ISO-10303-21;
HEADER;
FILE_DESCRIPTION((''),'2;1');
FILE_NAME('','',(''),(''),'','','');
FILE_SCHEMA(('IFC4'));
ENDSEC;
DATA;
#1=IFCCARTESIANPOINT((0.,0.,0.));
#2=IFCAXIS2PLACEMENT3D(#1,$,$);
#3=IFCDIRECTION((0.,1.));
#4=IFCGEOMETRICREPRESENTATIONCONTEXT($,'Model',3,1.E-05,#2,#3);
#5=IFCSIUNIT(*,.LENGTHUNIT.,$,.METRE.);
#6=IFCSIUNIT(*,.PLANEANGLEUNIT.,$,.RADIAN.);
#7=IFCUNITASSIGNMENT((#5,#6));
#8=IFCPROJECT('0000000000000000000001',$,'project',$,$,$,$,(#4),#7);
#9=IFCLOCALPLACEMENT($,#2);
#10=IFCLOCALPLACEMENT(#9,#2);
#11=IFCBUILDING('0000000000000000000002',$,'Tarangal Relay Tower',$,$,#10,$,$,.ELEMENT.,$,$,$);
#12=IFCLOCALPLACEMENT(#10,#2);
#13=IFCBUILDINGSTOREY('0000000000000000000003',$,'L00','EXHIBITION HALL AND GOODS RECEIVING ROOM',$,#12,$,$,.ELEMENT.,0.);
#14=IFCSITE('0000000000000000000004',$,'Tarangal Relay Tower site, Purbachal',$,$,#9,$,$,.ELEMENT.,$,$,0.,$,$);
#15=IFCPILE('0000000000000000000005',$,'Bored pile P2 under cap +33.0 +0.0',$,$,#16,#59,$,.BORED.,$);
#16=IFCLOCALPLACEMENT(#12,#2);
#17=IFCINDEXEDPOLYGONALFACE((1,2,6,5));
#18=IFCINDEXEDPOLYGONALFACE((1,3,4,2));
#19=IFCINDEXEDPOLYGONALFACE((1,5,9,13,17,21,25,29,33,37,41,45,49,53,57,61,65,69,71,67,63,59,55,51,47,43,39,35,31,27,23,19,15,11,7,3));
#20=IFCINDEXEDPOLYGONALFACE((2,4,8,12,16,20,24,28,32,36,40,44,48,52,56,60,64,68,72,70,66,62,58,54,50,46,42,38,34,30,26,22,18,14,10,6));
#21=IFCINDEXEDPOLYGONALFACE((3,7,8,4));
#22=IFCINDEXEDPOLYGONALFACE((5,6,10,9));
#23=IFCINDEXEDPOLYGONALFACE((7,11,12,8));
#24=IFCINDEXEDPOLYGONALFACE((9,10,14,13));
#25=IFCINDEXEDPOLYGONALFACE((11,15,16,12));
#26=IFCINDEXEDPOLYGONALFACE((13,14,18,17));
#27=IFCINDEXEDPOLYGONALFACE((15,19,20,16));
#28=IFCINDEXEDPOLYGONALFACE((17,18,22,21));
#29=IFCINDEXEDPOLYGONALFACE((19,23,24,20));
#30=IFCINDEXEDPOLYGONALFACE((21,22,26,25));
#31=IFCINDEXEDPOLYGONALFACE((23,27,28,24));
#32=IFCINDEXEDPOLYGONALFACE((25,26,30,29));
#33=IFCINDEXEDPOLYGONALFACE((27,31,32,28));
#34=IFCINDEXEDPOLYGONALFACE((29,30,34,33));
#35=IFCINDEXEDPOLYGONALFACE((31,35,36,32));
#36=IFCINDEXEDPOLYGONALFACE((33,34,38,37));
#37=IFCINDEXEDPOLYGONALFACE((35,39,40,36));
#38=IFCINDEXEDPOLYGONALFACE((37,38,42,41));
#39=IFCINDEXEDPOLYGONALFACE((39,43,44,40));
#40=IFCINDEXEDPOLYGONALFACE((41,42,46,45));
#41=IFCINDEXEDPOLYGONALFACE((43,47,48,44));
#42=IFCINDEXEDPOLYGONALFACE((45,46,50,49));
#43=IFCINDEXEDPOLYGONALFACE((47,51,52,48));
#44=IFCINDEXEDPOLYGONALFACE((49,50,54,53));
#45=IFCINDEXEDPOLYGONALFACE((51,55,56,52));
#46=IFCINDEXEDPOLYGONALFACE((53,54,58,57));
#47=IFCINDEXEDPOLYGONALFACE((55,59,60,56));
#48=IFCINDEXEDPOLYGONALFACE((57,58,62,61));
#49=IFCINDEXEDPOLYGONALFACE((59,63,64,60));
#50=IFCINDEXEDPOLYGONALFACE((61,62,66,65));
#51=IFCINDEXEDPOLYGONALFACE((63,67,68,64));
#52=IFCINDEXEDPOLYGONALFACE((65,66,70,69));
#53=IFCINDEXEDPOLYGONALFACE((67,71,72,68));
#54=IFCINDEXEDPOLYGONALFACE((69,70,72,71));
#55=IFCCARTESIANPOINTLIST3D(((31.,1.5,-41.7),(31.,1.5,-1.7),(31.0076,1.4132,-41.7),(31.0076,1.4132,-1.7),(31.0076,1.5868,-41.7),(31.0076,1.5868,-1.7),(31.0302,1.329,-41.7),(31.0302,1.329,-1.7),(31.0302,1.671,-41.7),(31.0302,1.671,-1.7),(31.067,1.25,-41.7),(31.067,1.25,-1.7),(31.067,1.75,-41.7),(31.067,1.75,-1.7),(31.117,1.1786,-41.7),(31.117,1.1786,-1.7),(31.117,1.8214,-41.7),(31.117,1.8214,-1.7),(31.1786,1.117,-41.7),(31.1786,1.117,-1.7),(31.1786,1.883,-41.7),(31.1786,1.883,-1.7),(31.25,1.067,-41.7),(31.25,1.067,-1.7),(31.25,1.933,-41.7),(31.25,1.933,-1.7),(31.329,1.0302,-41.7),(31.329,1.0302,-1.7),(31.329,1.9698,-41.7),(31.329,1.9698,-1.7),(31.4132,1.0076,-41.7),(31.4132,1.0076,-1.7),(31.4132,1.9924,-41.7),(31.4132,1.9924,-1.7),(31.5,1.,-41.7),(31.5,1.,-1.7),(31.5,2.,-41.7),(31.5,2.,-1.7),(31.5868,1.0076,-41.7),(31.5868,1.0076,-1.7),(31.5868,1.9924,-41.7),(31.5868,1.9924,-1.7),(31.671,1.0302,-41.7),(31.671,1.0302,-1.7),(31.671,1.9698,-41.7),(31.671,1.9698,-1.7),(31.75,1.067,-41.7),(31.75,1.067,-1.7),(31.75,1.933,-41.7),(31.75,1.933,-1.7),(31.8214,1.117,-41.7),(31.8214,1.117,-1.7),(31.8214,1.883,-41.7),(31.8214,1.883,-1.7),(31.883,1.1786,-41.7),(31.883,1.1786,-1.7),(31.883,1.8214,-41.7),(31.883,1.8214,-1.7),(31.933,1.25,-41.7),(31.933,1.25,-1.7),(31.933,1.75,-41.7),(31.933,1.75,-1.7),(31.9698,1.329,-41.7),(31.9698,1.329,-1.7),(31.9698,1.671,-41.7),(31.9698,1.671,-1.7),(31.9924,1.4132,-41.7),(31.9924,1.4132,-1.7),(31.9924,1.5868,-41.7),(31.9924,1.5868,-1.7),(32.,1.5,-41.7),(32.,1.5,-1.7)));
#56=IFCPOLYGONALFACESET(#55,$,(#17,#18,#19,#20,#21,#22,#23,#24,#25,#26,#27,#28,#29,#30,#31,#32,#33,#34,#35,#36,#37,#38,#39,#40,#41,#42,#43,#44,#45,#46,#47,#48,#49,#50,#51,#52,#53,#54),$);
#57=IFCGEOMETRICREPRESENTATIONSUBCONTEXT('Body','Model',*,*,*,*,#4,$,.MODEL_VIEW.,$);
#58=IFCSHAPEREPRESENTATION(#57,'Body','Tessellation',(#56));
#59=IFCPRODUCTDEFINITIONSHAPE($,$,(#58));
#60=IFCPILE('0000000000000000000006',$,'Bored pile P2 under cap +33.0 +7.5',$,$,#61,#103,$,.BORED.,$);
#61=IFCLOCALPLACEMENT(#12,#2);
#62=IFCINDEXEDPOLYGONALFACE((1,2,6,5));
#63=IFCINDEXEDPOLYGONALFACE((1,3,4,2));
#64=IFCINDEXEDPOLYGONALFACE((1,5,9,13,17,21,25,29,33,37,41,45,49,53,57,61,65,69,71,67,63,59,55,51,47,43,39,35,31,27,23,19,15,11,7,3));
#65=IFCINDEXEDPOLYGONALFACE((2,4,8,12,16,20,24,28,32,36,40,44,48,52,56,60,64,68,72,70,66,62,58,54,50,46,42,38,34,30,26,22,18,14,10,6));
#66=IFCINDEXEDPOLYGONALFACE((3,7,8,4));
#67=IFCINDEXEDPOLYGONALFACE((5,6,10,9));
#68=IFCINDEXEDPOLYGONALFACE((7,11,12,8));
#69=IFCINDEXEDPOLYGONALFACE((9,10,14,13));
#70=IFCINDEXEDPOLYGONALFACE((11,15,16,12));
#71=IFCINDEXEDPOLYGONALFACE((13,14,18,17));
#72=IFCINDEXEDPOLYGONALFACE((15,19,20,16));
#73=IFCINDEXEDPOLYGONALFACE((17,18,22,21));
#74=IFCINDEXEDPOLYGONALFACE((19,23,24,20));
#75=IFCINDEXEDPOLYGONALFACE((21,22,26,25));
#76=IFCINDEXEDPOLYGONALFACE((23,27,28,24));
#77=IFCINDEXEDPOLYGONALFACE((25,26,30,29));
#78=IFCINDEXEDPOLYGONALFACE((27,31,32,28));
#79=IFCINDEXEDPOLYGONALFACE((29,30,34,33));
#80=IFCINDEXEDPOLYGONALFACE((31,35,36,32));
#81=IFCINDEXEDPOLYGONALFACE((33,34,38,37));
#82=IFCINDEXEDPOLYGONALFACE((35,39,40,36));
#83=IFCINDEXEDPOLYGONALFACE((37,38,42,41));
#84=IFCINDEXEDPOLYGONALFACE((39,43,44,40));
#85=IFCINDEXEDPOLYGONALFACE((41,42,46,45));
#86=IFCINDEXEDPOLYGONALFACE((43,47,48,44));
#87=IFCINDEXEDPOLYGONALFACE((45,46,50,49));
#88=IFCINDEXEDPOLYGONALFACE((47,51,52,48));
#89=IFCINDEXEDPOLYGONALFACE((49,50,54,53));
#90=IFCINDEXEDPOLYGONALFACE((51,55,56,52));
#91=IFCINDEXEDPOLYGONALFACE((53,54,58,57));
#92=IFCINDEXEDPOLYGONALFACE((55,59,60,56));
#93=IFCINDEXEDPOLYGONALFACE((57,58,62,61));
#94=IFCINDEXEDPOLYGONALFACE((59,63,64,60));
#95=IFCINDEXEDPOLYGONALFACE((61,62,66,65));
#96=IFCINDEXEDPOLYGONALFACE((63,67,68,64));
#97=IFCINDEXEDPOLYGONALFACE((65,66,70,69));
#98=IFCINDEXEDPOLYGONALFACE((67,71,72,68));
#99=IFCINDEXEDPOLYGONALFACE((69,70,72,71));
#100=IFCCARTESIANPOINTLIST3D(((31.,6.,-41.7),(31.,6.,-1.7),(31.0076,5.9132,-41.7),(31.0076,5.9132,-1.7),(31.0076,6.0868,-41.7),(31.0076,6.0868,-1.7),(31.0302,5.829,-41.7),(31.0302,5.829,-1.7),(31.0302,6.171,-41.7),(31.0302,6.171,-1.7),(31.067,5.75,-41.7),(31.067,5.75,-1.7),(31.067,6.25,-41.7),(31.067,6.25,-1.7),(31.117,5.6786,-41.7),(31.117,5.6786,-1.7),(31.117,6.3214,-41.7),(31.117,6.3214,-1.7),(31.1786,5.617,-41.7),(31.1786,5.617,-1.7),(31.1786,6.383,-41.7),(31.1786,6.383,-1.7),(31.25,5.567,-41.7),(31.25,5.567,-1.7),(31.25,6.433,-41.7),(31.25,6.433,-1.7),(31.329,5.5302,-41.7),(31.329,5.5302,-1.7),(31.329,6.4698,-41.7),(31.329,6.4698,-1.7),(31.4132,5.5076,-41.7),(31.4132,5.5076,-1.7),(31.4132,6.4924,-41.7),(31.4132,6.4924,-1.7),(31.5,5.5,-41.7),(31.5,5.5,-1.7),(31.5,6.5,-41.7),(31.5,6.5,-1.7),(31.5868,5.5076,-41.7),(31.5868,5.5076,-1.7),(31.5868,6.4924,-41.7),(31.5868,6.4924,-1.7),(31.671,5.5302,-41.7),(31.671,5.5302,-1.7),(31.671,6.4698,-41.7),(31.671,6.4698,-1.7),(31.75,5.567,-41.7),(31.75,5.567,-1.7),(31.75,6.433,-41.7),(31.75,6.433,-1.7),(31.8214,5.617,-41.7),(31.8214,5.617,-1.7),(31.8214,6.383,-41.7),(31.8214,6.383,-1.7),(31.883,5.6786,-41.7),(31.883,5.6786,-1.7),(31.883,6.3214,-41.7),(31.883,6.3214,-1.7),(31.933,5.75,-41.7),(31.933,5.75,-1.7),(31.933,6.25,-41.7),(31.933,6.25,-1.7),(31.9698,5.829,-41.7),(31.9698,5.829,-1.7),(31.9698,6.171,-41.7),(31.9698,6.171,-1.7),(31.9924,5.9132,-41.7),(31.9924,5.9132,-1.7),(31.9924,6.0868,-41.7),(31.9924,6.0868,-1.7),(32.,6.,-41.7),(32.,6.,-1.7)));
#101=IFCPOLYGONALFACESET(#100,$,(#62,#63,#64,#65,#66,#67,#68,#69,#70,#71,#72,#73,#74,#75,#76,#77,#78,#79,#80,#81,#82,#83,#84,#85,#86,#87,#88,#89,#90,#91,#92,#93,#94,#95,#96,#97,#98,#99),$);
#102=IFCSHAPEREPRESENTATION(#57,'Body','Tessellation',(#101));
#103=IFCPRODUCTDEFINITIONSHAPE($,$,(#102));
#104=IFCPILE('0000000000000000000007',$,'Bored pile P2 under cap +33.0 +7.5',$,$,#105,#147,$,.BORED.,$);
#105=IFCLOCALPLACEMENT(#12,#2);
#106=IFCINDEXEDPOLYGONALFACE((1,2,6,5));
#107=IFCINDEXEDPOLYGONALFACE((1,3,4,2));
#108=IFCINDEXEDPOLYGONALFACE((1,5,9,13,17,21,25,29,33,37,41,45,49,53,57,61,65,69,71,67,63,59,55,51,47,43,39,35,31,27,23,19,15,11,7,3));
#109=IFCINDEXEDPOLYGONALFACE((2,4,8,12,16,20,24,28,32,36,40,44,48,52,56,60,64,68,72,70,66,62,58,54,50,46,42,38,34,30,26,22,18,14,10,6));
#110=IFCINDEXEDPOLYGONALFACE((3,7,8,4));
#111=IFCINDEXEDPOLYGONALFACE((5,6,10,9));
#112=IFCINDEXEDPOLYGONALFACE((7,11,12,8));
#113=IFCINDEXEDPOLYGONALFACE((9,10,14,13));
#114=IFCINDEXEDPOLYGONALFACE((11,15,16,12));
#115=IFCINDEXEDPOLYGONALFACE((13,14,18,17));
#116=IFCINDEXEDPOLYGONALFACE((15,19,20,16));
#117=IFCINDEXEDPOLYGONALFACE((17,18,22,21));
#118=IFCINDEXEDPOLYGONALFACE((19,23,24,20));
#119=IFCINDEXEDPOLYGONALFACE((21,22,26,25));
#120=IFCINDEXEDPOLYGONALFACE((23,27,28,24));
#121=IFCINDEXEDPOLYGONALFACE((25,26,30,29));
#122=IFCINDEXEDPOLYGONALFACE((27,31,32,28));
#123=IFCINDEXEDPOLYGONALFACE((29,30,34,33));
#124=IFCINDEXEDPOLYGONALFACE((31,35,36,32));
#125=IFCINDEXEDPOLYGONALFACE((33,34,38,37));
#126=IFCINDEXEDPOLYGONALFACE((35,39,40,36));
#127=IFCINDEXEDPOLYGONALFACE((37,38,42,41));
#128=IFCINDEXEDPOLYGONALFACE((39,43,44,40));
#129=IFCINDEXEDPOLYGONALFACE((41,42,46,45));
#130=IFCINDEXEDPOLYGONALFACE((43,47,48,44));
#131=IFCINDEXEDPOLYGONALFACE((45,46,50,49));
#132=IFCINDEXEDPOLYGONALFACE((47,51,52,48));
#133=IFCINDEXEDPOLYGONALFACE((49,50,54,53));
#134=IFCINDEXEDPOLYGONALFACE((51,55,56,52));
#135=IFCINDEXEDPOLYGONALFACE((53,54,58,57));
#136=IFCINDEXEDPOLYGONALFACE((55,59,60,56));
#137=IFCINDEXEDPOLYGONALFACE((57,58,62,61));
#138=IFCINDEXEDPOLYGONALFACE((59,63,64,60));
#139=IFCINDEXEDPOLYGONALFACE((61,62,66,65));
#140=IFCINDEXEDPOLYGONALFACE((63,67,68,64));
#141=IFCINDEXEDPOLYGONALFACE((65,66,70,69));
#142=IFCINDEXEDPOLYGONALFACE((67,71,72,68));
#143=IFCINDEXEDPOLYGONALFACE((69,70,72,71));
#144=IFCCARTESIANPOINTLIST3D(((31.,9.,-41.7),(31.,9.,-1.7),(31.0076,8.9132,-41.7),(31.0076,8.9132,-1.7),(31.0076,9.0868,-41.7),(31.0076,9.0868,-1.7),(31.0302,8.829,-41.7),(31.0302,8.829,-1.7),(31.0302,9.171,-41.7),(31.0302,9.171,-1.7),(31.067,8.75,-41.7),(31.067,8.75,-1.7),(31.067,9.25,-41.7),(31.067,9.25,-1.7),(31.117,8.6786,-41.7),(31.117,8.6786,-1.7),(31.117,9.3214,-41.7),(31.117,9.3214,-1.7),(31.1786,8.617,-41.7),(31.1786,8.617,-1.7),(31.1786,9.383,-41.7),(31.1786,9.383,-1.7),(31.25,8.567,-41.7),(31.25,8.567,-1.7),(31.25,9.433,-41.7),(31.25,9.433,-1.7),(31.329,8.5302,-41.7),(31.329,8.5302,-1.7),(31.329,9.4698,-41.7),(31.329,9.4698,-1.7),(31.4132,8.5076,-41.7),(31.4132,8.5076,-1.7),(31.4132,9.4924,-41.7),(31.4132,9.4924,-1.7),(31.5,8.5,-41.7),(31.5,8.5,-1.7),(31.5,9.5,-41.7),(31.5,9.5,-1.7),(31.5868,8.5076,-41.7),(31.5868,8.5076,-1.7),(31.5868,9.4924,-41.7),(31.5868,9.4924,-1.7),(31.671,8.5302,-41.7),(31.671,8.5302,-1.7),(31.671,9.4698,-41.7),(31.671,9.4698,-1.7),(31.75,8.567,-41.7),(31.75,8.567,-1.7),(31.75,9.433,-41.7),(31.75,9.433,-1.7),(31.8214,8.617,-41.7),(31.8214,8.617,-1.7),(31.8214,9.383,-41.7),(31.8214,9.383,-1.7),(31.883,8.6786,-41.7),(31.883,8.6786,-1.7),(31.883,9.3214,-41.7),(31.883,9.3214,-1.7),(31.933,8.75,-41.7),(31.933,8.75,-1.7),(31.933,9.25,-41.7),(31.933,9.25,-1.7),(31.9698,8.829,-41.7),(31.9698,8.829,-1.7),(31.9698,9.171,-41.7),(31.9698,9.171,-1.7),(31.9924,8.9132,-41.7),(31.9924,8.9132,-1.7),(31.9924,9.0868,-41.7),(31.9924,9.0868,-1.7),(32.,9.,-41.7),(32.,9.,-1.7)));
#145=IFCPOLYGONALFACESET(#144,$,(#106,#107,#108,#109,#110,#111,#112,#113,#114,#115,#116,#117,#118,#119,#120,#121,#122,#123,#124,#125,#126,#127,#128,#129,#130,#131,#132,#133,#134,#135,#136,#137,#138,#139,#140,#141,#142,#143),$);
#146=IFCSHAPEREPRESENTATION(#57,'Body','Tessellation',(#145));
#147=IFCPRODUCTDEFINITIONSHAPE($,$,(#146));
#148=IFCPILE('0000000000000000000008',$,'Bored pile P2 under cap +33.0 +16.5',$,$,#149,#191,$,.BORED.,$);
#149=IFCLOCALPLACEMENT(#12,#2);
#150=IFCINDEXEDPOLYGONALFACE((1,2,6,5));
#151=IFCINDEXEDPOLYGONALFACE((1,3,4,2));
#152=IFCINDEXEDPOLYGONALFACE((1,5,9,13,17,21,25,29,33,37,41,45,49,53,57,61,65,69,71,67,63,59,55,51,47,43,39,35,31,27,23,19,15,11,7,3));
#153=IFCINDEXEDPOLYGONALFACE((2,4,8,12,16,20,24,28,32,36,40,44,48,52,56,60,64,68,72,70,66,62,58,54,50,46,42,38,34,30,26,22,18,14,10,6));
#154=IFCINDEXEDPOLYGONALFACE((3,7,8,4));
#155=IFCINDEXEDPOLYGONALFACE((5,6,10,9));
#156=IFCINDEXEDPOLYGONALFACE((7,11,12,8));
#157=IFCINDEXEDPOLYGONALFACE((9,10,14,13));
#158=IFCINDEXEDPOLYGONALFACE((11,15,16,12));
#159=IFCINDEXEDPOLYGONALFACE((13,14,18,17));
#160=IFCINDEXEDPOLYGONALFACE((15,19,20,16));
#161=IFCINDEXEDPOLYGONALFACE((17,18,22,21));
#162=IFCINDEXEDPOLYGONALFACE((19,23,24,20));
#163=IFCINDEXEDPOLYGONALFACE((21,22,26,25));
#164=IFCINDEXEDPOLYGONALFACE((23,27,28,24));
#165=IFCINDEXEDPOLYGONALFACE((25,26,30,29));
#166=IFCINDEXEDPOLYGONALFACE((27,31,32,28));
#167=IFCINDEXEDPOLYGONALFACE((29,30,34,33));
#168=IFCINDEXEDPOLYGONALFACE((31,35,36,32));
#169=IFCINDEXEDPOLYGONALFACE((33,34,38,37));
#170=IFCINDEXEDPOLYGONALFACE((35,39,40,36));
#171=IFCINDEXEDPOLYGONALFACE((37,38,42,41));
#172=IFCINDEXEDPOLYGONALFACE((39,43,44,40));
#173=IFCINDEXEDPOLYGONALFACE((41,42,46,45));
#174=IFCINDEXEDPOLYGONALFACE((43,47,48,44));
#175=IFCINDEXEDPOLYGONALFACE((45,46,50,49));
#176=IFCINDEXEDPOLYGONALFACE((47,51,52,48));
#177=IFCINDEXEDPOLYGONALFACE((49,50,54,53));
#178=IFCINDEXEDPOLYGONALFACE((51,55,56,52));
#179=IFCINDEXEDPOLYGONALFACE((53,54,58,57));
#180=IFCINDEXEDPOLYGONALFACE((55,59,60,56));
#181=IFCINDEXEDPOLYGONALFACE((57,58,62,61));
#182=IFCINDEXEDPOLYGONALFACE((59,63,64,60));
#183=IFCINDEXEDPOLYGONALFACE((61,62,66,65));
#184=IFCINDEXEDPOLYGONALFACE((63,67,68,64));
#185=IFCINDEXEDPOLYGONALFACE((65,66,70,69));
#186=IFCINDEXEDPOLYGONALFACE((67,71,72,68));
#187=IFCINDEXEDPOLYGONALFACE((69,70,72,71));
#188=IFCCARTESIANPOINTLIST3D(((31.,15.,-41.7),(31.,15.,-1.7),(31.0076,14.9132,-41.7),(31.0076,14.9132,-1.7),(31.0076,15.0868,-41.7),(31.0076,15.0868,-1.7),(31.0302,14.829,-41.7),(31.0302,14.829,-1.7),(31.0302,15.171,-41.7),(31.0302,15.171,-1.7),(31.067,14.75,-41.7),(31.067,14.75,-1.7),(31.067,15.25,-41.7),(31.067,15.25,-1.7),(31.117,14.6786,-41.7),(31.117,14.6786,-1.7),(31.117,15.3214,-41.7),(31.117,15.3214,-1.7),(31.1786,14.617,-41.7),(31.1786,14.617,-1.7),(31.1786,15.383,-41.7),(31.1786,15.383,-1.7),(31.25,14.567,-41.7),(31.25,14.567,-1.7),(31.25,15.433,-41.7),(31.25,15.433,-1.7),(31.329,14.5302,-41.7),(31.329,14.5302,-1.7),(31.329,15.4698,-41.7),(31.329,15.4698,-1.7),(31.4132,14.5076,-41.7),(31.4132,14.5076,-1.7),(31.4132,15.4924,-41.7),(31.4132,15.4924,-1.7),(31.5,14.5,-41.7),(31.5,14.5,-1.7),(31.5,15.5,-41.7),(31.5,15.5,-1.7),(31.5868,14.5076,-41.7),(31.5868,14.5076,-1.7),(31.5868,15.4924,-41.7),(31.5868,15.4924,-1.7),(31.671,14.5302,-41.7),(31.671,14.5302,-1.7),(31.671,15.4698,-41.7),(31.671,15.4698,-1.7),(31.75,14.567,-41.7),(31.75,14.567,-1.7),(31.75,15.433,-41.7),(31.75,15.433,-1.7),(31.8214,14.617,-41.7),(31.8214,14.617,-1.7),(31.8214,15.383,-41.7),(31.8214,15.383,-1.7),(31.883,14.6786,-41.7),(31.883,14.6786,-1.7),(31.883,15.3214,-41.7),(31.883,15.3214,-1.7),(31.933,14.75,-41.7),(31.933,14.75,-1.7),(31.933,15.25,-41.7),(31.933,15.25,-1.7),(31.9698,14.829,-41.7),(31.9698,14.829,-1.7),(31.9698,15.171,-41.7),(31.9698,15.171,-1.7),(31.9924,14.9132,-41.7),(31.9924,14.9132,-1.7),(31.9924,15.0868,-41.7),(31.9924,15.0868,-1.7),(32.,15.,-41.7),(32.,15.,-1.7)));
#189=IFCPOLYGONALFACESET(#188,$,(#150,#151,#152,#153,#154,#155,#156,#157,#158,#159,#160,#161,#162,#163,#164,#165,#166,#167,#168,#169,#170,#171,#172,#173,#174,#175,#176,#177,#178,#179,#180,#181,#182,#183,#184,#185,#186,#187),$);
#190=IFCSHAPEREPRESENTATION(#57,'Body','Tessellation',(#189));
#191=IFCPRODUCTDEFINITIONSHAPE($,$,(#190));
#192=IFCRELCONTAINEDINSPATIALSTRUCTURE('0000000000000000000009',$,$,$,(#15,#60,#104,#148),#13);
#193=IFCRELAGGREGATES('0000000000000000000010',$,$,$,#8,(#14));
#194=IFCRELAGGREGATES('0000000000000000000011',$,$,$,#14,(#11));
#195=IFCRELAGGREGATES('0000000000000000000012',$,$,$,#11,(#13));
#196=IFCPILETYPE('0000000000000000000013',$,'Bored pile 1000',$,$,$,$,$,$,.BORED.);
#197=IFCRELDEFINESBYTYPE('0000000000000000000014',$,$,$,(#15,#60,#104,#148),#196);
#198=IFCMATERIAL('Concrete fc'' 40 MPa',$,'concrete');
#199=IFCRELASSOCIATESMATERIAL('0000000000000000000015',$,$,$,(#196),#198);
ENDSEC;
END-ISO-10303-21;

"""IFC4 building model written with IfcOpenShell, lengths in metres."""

from ifc_helpers import new_model, si_unit, direction, frame, origin, origin_2d, place, context, subcontext, project, spatial, circle, extrude, material, material_profile, profile_set, type_object, element, save


model = new_model("IFC4")

# Units and contexts
model_context = context("Model", 3, precision=1e-05, world=origin(), true_north=direction((0.0, 1.0)))
body_context = subcontext(model_context, "Body", "Model", "MODEL_VIEW")
ifc_project = project(units=[si_unit("LENGTHUNIT", "METRE"), si_unit("PLANEANGLEUNIT", "RADIAN")], contexts=[model_context])

# Site, building, storey
site_placement = place(None, origin())
site = spatial("IfcSite", under=ifc_project, at=site_placement, Name="Tarangal Relay Tower site, Purbachal", CompositionType="ELEMENT", RefElevation=0.0)
building_placement = place(site_placement, origin())
building = spatial("IfcBuilding", under=site, at=building_placement, Name="Tarangal Relay Tower", CompositionType="ELEMENT")
storey_placement = place(building_placement, origin())
storey = spatial("IfcBuildingStorey", under=building, at=storey_placement, Name="L00", Description="EXHIBITION HALL AND GOODS RECEIVING ROOM", CompositionType="ELEMENT", Elevation=0.0)

# Piles
ifc_material_1 = material(Name="Concrete fc' 40 MPa", Category="concrete")
ifc_material_profile_1 = material_profile(ifc_material_1, circle(Radius=0.5, at=origin_2d()), Name="D1000")
ifc_profile_set_1 = profile_set([ifc_material_profile_1], Name="Concrete fc' 40 MPa")
pile_type_1 = type_object("IfcPileType", Name="Bored pile 1000", PredefinedType="BORED", material=ifc_profile_set_1)
for number, where, z_axis, x_axis, name in (
    (1, (31.5, 1.5, -1.7), (0.0, 0.0, -1.0), (1.0, 0.0, 0.0), "Bored pile P2 under cap +33.0 +0.0"),
    (2, (31.5, 6.0, -1.7), (0.0, 0.0, -1.0), (1.0, 0.0, 0.0), "Bored pile P2 under cap +33.0 +7.5"),
    (3, (31.5, 9.0, -1.7), (0.0, 0.0, -1.0), (1.0, 0.0, 0.0), "Bored pile P2 under cap +33.0 +7.5"),
    (4, (31.5, 15.0, -1.7), (0.0, 0.0, -1.0), (1.0, 0.0, 0.0), "Bored pile P2 under cap +33.0 +16.5"),
):
    element("IfcPile", number, at=place(storey_placement, frame(where, z_axis=z_axis, x_axis=x_axis)), inside=storey, type_object=pile_type_1, Name=name, PredefinedType="BORED", context=body_context, shape_type="SweptSolid", body=[
        extrude(circle(Radius=0.5, at=origin_2d()), origin(), (0.0, 0.0, 1.0), 40.0),
    ])

save(model, "model.ifc")
